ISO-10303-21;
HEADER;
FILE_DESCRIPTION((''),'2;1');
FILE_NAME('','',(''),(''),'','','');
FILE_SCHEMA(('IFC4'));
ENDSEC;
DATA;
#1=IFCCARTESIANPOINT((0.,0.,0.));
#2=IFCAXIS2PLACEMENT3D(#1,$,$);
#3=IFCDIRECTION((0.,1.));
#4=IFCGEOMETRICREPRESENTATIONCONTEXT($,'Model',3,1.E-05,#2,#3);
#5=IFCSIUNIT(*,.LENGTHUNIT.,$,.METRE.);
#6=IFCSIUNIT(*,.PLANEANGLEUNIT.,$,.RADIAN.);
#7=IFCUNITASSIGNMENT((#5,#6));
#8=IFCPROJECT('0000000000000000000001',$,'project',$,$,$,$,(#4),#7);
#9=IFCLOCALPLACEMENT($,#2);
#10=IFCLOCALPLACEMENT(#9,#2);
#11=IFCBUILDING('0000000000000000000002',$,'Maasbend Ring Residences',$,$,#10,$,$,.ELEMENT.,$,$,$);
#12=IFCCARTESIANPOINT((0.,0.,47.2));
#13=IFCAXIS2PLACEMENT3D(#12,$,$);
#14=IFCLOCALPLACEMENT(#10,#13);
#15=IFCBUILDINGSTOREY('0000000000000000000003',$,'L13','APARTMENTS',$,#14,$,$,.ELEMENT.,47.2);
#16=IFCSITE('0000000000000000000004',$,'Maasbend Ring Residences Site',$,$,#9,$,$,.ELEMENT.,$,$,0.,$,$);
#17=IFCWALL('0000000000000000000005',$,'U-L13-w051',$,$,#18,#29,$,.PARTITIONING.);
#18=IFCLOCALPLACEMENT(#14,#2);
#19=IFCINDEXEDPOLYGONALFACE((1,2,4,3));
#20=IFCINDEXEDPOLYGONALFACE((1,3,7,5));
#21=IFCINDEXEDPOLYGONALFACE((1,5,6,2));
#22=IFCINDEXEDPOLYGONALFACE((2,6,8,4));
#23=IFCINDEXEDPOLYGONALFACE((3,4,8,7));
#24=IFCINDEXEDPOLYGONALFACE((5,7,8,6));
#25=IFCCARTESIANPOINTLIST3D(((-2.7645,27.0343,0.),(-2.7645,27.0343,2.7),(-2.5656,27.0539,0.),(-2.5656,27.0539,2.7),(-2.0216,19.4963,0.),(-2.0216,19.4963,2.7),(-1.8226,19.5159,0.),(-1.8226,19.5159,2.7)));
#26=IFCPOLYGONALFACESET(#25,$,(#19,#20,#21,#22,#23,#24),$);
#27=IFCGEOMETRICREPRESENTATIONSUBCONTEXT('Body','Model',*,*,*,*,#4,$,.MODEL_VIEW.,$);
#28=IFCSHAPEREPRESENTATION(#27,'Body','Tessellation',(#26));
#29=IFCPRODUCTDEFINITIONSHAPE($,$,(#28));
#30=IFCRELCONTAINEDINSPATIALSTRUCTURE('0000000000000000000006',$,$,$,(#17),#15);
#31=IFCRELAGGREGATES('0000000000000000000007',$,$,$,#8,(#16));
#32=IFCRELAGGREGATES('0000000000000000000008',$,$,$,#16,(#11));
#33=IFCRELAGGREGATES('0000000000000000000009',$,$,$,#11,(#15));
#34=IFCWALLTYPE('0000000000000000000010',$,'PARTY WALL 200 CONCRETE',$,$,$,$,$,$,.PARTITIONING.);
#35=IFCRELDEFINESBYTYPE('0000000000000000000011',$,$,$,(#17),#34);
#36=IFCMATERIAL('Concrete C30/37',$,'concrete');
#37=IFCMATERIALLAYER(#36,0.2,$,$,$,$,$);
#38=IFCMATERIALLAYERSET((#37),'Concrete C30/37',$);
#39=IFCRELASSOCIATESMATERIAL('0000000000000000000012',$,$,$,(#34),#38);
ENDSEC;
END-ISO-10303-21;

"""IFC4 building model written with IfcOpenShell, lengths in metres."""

from ifc_helpers import new_model, si_unit, direction, frame, frame_2d, origin, place, context, subcontext, project, spatial, rectangle, extrude, material, layer, layer_set, type_object, element, save


model = new_model("IFC4")

# Units and contexts
model_context = context("Model", 3, precision=1e-05, world=origin(), true_north=direction((0.0, 1.0)))
body_context = subcontext(model_context, "Body", "Model", "MODEL_VIEW")
ifc_project = project(units=[si_unit("LENGTHUNIT", "METRE"), si_unit("PLANEANGLEUNIT", "RADIAN")], contexts=[model_context])

# Site, building, storey
site_placement = place(None, origin())
site = spatial("IfcSite", under=ifc_project, at=site_placement, Name="Maasbend Ring Residences Site", CompositionType="ELEMENT", RefElevation=0.0)
building_placement = place(site_placement, origin())
building = spatial("IfcBuilding", under=site, at=building_placement, Name="Maasbend Ring Residences", CompositionType="ELEMENT")
storey_placement = place(building_placement, frame((0.0, 0.0, 47.2)))
storey = spatial("IfcBuildingStorey", under=building, at=storey_placement, Name="L13", Description="APARTMENTS", CompositionType="ELEMENT", Elevation=47.2)

# Wall
ifc_material_1 = material(Name="Concrete C30/37", Category="concrete")
ifc_layer_1 = layer(ifc_material_1, 0.2)
ifc_layer_set_1 = layer_set([ifc_layer_1], Name="Concrete C30/37")
wall_type_1 = type_object("IfcWallType", Name="PARTY WALL 200 CONCRETE", PredefinedType="PARTITIONING", material=ifc_layer_set_1)
wall_1_placement = place(storey_placement, frame((-2.665, 27.0439, 0.0), z_axis=(0.0, 0.0, 1.0), x_axis=(0.098083, -0.995178, 0.0)))
element("IfcWall", 1, at=wall_1_placement, inside=storey, type_object=wall_type_1, Name="U-L13-w051", PredefinedType="PARTITIONING", context=body_context, shape_type="SweptSolid", body=[
    extrude(rectangle(XDim=7.5745, YDim=0.2, at=frame_2d((3.7871, 0.0))), origin(), (0.0, 0.0, 1.0), 2.7),
])

save(model, "model.ifc")
